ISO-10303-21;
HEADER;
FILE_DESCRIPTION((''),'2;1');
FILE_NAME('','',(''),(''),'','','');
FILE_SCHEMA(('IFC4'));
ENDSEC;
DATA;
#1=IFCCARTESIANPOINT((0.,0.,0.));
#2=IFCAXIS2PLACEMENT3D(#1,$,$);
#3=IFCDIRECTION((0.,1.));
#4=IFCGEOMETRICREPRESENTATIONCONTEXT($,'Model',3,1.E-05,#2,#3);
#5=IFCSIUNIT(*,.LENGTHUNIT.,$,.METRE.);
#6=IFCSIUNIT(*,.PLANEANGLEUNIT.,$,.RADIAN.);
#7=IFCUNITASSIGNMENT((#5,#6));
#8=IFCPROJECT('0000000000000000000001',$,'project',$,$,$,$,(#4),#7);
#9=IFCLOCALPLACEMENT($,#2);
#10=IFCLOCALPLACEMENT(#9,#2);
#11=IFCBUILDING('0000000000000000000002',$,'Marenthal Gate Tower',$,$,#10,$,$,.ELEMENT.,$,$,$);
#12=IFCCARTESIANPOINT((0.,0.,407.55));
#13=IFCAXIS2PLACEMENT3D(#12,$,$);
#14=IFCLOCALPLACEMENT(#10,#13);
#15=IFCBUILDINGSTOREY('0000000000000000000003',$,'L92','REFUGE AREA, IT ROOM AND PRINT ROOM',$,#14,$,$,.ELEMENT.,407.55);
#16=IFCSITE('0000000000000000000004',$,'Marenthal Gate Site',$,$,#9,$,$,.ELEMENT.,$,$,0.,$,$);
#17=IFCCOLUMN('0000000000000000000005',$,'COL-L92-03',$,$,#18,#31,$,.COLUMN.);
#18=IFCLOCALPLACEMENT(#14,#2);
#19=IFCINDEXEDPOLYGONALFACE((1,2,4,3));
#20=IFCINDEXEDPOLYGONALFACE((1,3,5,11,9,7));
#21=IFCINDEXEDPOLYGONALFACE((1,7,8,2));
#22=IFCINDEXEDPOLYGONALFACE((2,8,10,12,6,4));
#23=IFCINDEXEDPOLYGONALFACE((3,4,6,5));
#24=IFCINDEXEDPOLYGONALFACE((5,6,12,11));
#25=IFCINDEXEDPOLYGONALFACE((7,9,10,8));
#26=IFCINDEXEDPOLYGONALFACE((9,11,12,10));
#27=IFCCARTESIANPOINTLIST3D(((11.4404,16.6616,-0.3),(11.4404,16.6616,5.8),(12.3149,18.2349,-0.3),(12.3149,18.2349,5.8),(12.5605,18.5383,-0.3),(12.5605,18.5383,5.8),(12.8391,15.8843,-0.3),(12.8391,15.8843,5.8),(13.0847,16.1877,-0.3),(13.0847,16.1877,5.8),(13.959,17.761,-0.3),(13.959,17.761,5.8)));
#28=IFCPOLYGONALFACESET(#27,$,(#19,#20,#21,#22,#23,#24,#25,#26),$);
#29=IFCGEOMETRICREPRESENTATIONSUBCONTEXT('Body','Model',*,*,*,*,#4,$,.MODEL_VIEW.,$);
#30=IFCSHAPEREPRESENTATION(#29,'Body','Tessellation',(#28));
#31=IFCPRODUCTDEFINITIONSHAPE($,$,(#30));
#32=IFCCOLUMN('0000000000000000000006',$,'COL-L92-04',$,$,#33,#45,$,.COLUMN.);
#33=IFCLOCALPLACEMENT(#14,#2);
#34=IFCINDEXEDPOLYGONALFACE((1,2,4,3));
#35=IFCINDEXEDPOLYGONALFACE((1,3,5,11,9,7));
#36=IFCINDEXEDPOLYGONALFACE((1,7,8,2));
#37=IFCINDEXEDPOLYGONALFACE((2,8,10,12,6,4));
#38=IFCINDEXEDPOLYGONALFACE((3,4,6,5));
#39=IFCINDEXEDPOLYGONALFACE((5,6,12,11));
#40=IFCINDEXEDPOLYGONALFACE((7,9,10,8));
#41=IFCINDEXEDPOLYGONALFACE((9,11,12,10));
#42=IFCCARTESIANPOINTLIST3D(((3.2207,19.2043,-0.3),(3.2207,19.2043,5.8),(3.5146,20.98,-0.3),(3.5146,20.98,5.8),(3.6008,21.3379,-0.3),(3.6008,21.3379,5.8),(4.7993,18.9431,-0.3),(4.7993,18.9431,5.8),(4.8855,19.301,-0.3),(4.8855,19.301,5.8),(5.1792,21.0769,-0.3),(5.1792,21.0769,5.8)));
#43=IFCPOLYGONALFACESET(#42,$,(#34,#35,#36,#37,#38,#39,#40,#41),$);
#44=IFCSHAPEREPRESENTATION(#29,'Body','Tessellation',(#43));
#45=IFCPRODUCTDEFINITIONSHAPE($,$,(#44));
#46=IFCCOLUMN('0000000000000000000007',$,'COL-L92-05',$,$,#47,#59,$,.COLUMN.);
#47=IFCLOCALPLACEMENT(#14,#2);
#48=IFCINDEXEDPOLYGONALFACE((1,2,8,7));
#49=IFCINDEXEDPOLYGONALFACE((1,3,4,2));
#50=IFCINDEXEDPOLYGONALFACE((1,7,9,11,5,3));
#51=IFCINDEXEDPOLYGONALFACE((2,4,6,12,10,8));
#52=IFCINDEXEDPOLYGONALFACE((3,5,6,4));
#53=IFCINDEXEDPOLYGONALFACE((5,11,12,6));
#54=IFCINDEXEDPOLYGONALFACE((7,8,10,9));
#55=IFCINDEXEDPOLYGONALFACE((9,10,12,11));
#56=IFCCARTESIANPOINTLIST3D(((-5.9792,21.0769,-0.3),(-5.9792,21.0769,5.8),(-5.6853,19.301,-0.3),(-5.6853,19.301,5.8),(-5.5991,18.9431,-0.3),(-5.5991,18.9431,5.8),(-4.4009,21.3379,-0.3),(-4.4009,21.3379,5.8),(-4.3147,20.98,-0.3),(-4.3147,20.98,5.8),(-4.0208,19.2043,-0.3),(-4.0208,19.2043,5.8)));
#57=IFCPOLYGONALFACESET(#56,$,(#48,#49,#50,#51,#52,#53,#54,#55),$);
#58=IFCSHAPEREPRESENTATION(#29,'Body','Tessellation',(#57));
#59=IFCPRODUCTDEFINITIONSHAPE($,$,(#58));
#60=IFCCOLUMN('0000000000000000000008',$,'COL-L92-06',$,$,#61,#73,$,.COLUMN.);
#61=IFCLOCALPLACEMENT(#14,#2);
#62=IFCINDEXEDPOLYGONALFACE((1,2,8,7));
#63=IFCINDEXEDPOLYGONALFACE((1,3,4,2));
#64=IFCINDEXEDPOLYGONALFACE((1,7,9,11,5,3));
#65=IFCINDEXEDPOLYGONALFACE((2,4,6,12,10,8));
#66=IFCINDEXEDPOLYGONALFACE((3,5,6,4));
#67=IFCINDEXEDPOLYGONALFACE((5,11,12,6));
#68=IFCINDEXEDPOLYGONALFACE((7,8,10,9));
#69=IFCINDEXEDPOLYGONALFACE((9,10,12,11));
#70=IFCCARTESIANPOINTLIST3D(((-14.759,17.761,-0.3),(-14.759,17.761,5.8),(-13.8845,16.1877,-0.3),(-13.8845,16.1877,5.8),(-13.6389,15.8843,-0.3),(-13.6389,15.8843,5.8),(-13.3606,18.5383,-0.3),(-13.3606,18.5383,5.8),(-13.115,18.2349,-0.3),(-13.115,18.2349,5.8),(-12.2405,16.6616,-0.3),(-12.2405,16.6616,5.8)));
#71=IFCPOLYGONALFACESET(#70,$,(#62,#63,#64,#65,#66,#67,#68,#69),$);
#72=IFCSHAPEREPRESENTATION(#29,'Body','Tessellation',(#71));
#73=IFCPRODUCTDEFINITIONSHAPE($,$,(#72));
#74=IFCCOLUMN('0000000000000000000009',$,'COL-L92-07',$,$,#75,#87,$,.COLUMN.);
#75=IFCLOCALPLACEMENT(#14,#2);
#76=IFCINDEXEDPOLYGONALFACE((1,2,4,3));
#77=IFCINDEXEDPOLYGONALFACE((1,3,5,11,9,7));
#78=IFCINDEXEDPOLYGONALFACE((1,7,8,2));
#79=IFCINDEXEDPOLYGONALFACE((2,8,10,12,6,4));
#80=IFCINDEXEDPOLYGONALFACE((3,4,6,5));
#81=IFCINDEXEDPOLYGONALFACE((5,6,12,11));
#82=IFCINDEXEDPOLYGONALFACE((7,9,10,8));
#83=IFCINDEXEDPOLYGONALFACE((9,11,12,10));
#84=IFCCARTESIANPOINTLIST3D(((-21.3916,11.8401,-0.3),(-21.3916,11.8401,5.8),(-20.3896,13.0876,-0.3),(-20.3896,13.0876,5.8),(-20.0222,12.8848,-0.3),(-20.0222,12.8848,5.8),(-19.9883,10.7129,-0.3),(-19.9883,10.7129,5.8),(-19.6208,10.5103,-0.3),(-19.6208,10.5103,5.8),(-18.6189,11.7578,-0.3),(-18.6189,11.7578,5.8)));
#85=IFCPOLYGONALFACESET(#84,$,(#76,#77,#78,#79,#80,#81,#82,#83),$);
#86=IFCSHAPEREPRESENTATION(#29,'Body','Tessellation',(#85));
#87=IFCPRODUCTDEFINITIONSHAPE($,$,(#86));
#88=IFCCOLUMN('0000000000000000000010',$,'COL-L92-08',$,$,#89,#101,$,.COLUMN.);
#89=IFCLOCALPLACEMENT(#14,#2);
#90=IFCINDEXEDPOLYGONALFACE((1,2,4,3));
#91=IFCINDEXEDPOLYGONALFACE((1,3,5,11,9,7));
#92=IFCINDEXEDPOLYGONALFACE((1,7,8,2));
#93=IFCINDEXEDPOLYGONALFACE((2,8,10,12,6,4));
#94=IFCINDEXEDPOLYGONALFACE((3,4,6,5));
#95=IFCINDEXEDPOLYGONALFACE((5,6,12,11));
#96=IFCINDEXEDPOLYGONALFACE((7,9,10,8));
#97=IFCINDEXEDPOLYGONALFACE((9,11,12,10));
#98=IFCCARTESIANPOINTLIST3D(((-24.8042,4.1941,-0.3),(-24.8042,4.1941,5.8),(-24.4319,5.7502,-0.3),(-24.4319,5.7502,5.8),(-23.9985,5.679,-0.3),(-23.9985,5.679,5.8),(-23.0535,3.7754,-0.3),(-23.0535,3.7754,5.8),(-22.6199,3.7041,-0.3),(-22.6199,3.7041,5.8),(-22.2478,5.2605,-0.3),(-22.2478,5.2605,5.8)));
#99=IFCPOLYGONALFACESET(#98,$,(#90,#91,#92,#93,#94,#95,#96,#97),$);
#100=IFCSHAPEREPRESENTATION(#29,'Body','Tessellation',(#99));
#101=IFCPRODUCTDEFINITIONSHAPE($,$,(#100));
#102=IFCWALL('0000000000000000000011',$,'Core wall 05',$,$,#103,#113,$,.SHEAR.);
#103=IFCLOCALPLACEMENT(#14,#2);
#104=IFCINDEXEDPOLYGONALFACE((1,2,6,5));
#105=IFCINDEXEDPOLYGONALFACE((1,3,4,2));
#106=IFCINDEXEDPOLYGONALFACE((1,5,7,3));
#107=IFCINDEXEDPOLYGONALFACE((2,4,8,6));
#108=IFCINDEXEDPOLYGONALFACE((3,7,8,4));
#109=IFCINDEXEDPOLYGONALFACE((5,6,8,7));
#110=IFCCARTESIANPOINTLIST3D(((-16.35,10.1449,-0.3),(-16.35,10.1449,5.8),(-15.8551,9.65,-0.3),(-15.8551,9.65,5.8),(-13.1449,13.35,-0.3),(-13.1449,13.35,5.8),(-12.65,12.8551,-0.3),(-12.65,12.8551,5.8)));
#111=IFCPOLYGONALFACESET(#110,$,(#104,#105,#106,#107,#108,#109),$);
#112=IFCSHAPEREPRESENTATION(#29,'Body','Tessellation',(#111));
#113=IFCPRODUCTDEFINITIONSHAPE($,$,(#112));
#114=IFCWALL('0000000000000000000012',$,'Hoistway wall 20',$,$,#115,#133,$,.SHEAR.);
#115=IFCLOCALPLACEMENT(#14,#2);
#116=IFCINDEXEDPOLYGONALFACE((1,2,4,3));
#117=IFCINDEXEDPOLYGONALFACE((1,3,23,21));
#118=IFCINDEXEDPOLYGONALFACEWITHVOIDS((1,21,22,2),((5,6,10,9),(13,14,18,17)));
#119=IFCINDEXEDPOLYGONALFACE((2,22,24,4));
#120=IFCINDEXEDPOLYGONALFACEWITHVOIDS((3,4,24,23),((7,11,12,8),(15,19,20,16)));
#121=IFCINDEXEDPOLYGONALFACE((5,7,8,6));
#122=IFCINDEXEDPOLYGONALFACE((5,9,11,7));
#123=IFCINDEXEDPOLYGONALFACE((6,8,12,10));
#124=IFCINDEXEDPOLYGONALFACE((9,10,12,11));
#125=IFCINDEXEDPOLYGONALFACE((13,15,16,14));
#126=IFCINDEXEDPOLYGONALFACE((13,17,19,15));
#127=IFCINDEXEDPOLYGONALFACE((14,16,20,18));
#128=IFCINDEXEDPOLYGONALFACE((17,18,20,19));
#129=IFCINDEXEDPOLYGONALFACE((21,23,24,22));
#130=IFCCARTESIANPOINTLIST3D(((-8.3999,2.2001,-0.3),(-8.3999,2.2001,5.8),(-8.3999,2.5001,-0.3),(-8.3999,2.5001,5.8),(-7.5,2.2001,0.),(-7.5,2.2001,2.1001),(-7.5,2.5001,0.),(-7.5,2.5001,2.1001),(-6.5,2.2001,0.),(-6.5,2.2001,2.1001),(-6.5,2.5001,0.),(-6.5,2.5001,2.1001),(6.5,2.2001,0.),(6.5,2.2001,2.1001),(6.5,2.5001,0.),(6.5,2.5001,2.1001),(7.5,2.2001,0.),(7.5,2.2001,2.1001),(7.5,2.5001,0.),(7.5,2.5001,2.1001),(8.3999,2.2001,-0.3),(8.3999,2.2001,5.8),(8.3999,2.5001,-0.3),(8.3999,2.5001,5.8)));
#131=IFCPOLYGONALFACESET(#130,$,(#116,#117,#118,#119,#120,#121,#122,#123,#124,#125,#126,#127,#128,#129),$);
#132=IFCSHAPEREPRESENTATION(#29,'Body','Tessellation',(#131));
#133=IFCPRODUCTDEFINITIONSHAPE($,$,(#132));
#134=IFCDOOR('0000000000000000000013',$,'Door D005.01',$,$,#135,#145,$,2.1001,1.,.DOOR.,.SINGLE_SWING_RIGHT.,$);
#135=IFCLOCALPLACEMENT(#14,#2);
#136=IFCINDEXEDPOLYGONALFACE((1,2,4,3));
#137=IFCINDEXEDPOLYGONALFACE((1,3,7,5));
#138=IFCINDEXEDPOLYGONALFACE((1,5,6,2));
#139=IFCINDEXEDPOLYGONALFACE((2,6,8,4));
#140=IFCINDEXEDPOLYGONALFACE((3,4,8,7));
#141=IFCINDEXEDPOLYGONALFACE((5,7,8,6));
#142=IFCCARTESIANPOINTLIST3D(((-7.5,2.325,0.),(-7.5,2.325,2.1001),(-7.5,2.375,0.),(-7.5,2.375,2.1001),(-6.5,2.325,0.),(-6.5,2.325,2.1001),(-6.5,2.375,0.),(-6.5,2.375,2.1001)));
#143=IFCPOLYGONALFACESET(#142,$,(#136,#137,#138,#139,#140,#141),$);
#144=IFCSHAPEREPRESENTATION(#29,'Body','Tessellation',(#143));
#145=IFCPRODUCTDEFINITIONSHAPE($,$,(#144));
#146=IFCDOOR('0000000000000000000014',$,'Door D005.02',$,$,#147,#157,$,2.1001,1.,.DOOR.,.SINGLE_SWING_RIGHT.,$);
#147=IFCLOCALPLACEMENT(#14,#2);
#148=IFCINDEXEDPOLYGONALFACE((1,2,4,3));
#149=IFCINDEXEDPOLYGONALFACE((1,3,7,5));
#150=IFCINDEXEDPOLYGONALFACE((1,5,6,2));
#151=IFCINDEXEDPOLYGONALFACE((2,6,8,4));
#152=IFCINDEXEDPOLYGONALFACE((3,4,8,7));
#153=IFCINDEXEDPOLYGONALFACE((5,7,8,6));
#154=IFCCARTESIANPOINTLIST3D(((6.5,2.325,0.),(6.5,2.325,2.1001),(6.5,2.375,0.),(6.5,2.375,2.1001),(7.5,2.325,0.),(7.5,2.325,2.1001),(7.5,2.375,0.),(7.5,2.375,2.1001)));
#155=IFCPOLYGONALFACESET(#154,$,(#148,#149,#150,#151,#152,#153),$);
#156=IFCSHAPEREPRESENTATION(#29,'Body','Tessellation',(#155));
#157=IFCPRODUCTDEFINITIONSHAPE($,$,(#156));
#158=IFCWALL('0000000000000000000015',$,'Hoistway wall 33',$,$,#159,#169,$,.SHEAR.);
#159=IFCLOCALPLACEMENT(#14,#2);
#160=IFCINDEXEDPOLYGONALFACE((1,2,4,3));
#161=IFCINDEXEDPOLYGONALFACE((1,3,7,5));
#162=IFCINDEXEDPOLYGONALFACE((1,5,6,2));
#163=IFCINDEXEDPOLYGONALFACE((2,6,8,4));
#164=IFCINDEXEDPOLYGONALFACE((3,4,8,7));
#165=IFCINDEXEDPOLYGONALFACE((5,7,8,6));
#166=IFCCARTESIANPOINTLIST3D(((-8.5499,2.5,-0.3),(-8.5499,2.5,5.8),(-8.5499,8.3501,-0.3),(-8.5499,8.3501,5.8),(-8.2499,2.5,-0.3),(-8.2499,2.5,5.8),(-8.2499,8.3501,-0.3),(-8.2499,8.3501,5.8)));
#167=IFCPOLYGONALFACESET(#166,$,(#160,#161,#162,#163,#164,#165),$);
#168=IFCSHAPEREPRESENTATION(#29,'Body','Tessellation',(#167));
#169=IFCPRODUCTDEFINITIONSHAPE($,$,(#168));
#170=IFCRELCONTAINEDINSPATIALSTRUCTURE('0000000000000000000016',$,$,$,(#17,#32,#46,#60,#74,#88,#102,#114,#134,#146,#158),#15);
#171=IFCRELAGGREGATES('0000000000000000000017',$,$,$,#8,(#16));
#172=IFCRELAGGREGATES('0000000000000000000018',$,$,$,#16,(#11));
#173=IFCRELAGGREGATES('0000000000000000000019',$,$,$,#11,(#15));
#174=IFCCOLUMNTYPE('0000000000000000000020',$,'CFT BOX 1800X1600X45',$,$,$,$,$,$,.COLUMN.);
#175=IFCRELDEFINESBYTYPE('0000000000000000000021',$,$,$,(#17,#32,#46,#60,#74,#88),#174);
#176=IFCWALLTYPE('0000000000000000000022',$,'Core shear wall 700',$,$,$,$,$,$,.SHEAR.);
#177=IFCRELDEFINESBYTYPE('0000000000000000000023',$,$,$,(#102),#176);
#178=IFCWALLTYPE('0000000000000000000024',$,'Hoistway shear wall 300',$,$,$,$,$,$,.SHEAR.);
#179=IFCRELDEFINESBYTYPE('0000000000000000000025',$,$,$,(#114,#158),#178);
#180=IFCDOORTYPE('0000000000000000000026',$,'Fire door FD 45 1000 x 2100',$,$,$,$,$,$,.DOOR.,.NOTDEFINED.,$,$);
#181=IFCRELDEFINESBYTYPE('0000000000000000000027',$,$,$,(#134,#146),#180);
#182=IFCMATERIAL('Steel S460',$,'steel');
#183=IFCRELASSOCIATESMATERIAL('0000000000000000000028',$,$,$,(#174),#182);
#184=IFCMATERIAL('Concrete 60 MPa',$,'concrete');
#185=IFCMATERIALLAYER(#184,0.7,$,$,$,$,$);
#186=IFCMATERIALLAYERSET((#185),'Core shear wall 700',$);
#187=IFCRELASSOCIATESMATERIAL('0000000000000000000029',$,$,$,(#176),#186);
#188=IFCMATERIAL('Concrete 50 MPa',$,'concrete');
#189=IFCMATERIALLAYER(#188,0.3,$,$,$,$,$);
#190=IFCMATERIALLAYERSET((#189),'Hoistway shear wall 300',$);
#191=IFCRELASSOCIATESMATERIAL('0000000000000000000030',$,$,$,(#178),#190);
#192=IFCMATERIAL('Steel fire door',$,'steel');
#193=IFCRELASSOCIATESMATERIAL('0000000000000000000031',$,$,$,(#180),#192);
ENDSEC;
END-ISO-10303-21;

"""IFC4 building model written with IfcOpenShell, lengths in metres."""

from ifc_helpers import new_model, si_unit, direction, frame, frame_2d, origin, origin_2d, place, context, subcontext, project, spatial, polyline, rectangle, hollow_rectangle, outline, extrude, material, layer, layer_set, material_profile, profile_set, type_object, element, fill, save


model = new_model("IFC4")

# Units and contexts
model_context = context("Model", 3, precision=1e-05, world=origin(), true_north=direction((0.0, 1.0)))
body_context = subcontext(model_context, "Body", "Model", "MODEL_VIEW")
ifc_project = project(units=[si_unit("LENGTHUNIT", "METRE"), si_unit("PLANEANGLEUNIT", "RADIAN")], contexts=[model_context])

# Site, building, storey
site_placement = place(None, origin())
site = spatial("IfcSite", under=ifc_project, at=site_placement, Name="Marenthal Gate Site", CompositionType="ELEMENT", RefElevation=0.0)
building_placement = place(site_placement, origin())
building = spatial("IfcBuilding", under=site, at=building_placement, Name="Marenthal Gate Tower", CompositionType="ELEMENT")
storey_placement = place(building_placement, frame((0.0, 0.0, 407.55)))
storey = spatial("IfcBuildingStorey", under=building, at=storey_placement, Name="L92", Description="REFUGE AREA, IT ROOM AND PRINT ROOM", CompositionType="ELEMENT", Elevation=407.55)

# Columns
ifc_material_1 = material(Name="Steel S460", Category="steel")
ifc_material_profile_1 = material_profile(ifc_material_1, hollow_rectangle(XDim=1.6001, YDim=1.8, WallThickness=0.0449, at=origin_2d()), Name="CFT BOX 1800X1600X45")
ifc_material_2 = material(Name="Concrete 70 MPa", Category="concrete")
ifc_material_profile_2 = material_profile(ifc_material_2, rectangle(XDim=1.51, YDim=1.71, at=origin_2d()), Name="CFT BOX 1800X1600X45 INFILL")
ifc_profile_set = profile_set([ifc_material_profile_1, ifc_material_profile_2], Name="Steel S460 shell, Concrete 70 MPa infill")
column_type = type_object("IfcColumnType", Name="CFT BOX 1800X1600X45", PredefinedType="COLUMN", material=ifc_profile_set)
column_1_placement = place(storey_placement, frame((0.0, 0.0, -0.3)))
element("IfcColumn", 1, at=column_1_placement, inside=storey, type_object=column_type, Name="COL-L92-03", PredefinedType="COLUMN", context=body_context, shape_type="SweptSolid", body=[
    extrude(outline(polyline([(12.8391, 15.8843), (11.4404, 16.6616), (12.3149, 18.2349), (12.5605, 18.5383), (13.959, 17.761), (13.0847, 16.1877), (12.8391, 15.8843)])), origin(), (0.0, 0.0, 1.0), 6.1001),
])
column_2_placement = place(storey_placement, frame((0.0, 0.0, -0.3)))
element("IfcColumn", 2, at=column_2_placement, inside=storey, type_object=column_type, Name="COL-L92-04", PredefinedType="COLUMN", context=body_context, shape_type="SweptSolid", body=[
    extrude(outline(polyline([(4.7993, 18.9431), (3.2207, 19.2043), (3.5146, 20.98), (3.6008, 21.3379), (5.1792, 21.0769), (4.8855, 19.301), (4.7993, 18.9431)])), origin(), (0.0, 0.0, 1.0), 6.1001),
])
column_3_placement = place(storey_placement, frame((0.0, 0.0, -0.3)))
element("IfcColumn", 3, at=column_3_placement, inside=storey, type_object=column_type, Name="COL-L92-05", PredefinedType="COLUMN", context=body_context, shape_type="SweptSolid", body=[
    extrude(outline(polyline([(-5.5991, 18.9431), (-5.6853, 19.301), (-5.9792, 21.0769), (-4.4009, 21.3379), (-4.3147, 20.98), (-4.0208, 19.2043), (-5.5991, 18.9431)])), origin(), (0.0, 0.0, 1.0), 6.1001),
])
column_4_placement = place(storey_placement, frame((0.0, 0.0, -0.3)))
element("IfcColumn", 4, at=column_4_placement, inside=storey, type_object=column_type, Name="COL-L92-06", PredefinedType="COLUMN", context=body_context, shape_type="SweptSolid", body=[
    extrude(outline(polyline([(-13.6389, 15.8843), (-13.8845, 16.1877), (-14.759, 17.761), (-13.3606, 18.5383), (-13.115, 18.2349), (-12.2405, 16.6616), (-13.6389, 15.8843)])), origin(), (0.0, 0.0, 1.0), 6.1001),
])
column_5_placement = place(storey_placement, frame((0.0, 0.0, -0.3)))
element("IfcColumn", 5, at=column_5_placement, inside=storey, type_object=column_type, Name="COL-L92-07", PredefinedType="COLUMN", context=body_context, shape_type="SweptSolid", body=[
    extrude(outline(polyline([(-19.6208, 10.5103), (-19.9883, 10.7129), (-21.3916, 11.8401), (-20.3896, 13.0876), (-20.0222, 12.8848), (-18.6189, 11.7578), (-19.6208, 10.5103)])), origin(), (0.0, 0.0, 1.0), 6.1001),
])
column_6_placement = place(storey_placement, frame((0.0, 0.0, -0.3)))
element("IfcColumn", 6, at=column_6_placement, inside=storey, type_object=column_type, Name="COL-L92-08", PredefinedType="COLUMN", context=body_context, shape_type="SweptSolid", body=[
    extrude(outline(polyline([(-22.6199, 3.7041), (-23.0535, 3.7754), (-24.8042, 4.1941), (-24.4319, 5.7502), (-23.9985, 5.679), (-22.2478, 5.2605), (-22.6199, 3.7041)])), origin(), (0.0, 0.0, 1.0), 6.1001),
])

# Wall
ifc_material_3 = material(Name="Concrete 60 MPa", Category="concrete")
ifc_layer_1 = layer(ifc_material_3, 0.7)
ifc_layer_set_1 = layer_set([ifc_layer_1], Name="Core shear wall 700")
wall_type_1 = type_object("IfcWallType", Name="Core shear wall 700", PredefinedType="SHEAR", material=ifc_layer_set_1)
wall_1_placement = place(storey_placement, frame((-12.8975, 13.1025, -0.3), z_axis=(0.0, 0.0, 1.0), x_axis=(-0.707107, -0.707107, 0.0)))
element("IfcWall", 7, at=wall_1_placement, inside=storey, type_object=wall_type_1, Name="Core wall 05", PredefinedType="SHEAR", context=body_context, shape_type="SweptSolid", body=[
    extrude(rectangle(XDim=4.5327, YDim=0.7, at=frame_2d((2.2664, 0.0))), origin(), (0.0, 0.0, 1.0), 6.1001),
])

# Wall, openings, doors
ifc_material_4 = material(Name="Concrete 50 MPa", Category="concrete")
ifc_layer_2 = layer(ifc_material_4, 0.3)
ifc_layer_set_2 = layer_set([ifc_layer_2], Name="Hoistway shear wall 300")
wall_type_2 = type_object("IfcWallType", Name="Hoistway shear wall 300", PredefinedType="SHEAR", material=ifc_layer_set_2)
wall_2_placement = place(storey_placement, frame((-8.3999, 2.3501, -0.3), z_axis=(0.0, 0.0, 1.0), x_axis=(1.0, 0.0, 0.0)))
wall_2 = element("IfcWall", 8, at=wall_2_placement, inside=storey, type_object=wall_type_2, Name="Hoistway wall 20", PredefinedType="SHEAR", context=body_context, shape_type="SweptSolid", body=[
    extrude(rectangle(XDim=16.7998, YDim=0.3, at=frame_2d((8.3999, 0.0))), origin(), (0.0, 0.0, 1.0), 6.1001),
])
opening_1_placement = place(wall_2_placement, frame((0.8999, 0.0, 0.3)))
opening_1 = element("IfcOpeningElement", 9, at=opening_1_placement, cuts=wall_2, PredefinedType="OPENING", context=body_context, shape_type="SweptSolid", body=[
    extrude(rectangle(XDim=1.0, YDim=2.1001, at=frame_2d((0.5, 1.05))), frame((0.0, 0.1602, 0.0), z_axis=(0.0, -1.0, 0.0), x_axis=(1.0, 0.0, 0.0)), (0.0, 0.0, 1.0), 0.3201),
])
opening_2_placement = place(wall_2_placement, frame((14.8999, 0.0, 0.3)))
opening_2 = element("IfcOpeningElement", 10, at=opening_2_placement, cuts=wall_2, PredefinedType="OPENING", context=body_context, shape_type="SweptSolid", body=[
    extrude(rectangle(XDim=1.0, YDim=2.1001, at=frame_2d((0.5, 1.05))), frame((0.0, 0.1602, 0.0), z_axis=(0.0, -1.0, 0.0), x_axis=(1.0, 0.0, 0.0)), (0.0, 0.0, 1.0), 0.3201),
])
ifc_material_5 = material(Name="Steel fire door", Category="steel")
door_type = type_object("IfcDoorType", Name="Fire door FD 45 1000 x 2100", OperationType="NOTDEFINED", PredefinedType="DOOR", material=ifc_material_5)
door_1_placement = place(opening_1_placement, origin())
door_1 = element("IfcDoor", 11, at=door_1_placement, inside=storey, type_object=door_type, Name="Door D005.01", OperationType="SINGLE_SWING_RIGHT", OverallHeight=2.1001, OverallWidth=1.0, PredefinedType="DOOR", context=body_context, shape_type="SweptSolid", body=[
    extrude(rectangle(XDim=1.0, YDim=2.1001, at=frame_2d((0.5, 1.05))), frame((0.0, 0.0249, 0.0), z_axis=(0.0, -1.0, 0.0), x_axis=(1.0, 0.0, 0.0)), (0.0, 0.0, 1.0), 0.05),
])
fill(opening_1, door_1)
door_2_placement = place(opening_2_placement, origin())
door_2 = element("IfcDoor", 12, at=door_2_placement, inside=storey, type_object=door_type, Name="Door D005.02", OperationType="SINGLE_SWING_RIGHT", OverallHeight=2.1001, OverallWidth=1.0, PredefinedType="DOOR", context=body_context, shape_type="SweptSolid", body=[
    extrude(rectangle(XDim=1.0, YDim=2.1001, at=frame_2d((0.5, 1.05))), frame((0.0, 0.0249, 0.0), z_axis=(0.0, -1.0, 0.0), x_axis=(1.0, 0.0, 0.0)), (0.0, 0.0, 1.0), 0.05),
])
fill(opening_2, door_2)

# Wall
wall_3_placement = place(storey_placement, frame((-8.3999, 2.5, -0.3), z_axis=(0.0, 0.0, 1.0), x_axis=(0.0, 1.0, 0.0)))
element("IfcWall", 13, at=wall_3_placement, inside=storey, type_object=wall_type_2, Name="Hoistway wall 33", PredefinedType="SHEAR", context=body_context, shape_type="SweptSolid", body=[
    extrude(rectangle(XDim=5.8501, YDim=0.3, at=frame_2d((2.925, 0.0))), origin(), (0.0, 0.0, 1.0), 6.1001),
])

save(model, "model.ifc")
